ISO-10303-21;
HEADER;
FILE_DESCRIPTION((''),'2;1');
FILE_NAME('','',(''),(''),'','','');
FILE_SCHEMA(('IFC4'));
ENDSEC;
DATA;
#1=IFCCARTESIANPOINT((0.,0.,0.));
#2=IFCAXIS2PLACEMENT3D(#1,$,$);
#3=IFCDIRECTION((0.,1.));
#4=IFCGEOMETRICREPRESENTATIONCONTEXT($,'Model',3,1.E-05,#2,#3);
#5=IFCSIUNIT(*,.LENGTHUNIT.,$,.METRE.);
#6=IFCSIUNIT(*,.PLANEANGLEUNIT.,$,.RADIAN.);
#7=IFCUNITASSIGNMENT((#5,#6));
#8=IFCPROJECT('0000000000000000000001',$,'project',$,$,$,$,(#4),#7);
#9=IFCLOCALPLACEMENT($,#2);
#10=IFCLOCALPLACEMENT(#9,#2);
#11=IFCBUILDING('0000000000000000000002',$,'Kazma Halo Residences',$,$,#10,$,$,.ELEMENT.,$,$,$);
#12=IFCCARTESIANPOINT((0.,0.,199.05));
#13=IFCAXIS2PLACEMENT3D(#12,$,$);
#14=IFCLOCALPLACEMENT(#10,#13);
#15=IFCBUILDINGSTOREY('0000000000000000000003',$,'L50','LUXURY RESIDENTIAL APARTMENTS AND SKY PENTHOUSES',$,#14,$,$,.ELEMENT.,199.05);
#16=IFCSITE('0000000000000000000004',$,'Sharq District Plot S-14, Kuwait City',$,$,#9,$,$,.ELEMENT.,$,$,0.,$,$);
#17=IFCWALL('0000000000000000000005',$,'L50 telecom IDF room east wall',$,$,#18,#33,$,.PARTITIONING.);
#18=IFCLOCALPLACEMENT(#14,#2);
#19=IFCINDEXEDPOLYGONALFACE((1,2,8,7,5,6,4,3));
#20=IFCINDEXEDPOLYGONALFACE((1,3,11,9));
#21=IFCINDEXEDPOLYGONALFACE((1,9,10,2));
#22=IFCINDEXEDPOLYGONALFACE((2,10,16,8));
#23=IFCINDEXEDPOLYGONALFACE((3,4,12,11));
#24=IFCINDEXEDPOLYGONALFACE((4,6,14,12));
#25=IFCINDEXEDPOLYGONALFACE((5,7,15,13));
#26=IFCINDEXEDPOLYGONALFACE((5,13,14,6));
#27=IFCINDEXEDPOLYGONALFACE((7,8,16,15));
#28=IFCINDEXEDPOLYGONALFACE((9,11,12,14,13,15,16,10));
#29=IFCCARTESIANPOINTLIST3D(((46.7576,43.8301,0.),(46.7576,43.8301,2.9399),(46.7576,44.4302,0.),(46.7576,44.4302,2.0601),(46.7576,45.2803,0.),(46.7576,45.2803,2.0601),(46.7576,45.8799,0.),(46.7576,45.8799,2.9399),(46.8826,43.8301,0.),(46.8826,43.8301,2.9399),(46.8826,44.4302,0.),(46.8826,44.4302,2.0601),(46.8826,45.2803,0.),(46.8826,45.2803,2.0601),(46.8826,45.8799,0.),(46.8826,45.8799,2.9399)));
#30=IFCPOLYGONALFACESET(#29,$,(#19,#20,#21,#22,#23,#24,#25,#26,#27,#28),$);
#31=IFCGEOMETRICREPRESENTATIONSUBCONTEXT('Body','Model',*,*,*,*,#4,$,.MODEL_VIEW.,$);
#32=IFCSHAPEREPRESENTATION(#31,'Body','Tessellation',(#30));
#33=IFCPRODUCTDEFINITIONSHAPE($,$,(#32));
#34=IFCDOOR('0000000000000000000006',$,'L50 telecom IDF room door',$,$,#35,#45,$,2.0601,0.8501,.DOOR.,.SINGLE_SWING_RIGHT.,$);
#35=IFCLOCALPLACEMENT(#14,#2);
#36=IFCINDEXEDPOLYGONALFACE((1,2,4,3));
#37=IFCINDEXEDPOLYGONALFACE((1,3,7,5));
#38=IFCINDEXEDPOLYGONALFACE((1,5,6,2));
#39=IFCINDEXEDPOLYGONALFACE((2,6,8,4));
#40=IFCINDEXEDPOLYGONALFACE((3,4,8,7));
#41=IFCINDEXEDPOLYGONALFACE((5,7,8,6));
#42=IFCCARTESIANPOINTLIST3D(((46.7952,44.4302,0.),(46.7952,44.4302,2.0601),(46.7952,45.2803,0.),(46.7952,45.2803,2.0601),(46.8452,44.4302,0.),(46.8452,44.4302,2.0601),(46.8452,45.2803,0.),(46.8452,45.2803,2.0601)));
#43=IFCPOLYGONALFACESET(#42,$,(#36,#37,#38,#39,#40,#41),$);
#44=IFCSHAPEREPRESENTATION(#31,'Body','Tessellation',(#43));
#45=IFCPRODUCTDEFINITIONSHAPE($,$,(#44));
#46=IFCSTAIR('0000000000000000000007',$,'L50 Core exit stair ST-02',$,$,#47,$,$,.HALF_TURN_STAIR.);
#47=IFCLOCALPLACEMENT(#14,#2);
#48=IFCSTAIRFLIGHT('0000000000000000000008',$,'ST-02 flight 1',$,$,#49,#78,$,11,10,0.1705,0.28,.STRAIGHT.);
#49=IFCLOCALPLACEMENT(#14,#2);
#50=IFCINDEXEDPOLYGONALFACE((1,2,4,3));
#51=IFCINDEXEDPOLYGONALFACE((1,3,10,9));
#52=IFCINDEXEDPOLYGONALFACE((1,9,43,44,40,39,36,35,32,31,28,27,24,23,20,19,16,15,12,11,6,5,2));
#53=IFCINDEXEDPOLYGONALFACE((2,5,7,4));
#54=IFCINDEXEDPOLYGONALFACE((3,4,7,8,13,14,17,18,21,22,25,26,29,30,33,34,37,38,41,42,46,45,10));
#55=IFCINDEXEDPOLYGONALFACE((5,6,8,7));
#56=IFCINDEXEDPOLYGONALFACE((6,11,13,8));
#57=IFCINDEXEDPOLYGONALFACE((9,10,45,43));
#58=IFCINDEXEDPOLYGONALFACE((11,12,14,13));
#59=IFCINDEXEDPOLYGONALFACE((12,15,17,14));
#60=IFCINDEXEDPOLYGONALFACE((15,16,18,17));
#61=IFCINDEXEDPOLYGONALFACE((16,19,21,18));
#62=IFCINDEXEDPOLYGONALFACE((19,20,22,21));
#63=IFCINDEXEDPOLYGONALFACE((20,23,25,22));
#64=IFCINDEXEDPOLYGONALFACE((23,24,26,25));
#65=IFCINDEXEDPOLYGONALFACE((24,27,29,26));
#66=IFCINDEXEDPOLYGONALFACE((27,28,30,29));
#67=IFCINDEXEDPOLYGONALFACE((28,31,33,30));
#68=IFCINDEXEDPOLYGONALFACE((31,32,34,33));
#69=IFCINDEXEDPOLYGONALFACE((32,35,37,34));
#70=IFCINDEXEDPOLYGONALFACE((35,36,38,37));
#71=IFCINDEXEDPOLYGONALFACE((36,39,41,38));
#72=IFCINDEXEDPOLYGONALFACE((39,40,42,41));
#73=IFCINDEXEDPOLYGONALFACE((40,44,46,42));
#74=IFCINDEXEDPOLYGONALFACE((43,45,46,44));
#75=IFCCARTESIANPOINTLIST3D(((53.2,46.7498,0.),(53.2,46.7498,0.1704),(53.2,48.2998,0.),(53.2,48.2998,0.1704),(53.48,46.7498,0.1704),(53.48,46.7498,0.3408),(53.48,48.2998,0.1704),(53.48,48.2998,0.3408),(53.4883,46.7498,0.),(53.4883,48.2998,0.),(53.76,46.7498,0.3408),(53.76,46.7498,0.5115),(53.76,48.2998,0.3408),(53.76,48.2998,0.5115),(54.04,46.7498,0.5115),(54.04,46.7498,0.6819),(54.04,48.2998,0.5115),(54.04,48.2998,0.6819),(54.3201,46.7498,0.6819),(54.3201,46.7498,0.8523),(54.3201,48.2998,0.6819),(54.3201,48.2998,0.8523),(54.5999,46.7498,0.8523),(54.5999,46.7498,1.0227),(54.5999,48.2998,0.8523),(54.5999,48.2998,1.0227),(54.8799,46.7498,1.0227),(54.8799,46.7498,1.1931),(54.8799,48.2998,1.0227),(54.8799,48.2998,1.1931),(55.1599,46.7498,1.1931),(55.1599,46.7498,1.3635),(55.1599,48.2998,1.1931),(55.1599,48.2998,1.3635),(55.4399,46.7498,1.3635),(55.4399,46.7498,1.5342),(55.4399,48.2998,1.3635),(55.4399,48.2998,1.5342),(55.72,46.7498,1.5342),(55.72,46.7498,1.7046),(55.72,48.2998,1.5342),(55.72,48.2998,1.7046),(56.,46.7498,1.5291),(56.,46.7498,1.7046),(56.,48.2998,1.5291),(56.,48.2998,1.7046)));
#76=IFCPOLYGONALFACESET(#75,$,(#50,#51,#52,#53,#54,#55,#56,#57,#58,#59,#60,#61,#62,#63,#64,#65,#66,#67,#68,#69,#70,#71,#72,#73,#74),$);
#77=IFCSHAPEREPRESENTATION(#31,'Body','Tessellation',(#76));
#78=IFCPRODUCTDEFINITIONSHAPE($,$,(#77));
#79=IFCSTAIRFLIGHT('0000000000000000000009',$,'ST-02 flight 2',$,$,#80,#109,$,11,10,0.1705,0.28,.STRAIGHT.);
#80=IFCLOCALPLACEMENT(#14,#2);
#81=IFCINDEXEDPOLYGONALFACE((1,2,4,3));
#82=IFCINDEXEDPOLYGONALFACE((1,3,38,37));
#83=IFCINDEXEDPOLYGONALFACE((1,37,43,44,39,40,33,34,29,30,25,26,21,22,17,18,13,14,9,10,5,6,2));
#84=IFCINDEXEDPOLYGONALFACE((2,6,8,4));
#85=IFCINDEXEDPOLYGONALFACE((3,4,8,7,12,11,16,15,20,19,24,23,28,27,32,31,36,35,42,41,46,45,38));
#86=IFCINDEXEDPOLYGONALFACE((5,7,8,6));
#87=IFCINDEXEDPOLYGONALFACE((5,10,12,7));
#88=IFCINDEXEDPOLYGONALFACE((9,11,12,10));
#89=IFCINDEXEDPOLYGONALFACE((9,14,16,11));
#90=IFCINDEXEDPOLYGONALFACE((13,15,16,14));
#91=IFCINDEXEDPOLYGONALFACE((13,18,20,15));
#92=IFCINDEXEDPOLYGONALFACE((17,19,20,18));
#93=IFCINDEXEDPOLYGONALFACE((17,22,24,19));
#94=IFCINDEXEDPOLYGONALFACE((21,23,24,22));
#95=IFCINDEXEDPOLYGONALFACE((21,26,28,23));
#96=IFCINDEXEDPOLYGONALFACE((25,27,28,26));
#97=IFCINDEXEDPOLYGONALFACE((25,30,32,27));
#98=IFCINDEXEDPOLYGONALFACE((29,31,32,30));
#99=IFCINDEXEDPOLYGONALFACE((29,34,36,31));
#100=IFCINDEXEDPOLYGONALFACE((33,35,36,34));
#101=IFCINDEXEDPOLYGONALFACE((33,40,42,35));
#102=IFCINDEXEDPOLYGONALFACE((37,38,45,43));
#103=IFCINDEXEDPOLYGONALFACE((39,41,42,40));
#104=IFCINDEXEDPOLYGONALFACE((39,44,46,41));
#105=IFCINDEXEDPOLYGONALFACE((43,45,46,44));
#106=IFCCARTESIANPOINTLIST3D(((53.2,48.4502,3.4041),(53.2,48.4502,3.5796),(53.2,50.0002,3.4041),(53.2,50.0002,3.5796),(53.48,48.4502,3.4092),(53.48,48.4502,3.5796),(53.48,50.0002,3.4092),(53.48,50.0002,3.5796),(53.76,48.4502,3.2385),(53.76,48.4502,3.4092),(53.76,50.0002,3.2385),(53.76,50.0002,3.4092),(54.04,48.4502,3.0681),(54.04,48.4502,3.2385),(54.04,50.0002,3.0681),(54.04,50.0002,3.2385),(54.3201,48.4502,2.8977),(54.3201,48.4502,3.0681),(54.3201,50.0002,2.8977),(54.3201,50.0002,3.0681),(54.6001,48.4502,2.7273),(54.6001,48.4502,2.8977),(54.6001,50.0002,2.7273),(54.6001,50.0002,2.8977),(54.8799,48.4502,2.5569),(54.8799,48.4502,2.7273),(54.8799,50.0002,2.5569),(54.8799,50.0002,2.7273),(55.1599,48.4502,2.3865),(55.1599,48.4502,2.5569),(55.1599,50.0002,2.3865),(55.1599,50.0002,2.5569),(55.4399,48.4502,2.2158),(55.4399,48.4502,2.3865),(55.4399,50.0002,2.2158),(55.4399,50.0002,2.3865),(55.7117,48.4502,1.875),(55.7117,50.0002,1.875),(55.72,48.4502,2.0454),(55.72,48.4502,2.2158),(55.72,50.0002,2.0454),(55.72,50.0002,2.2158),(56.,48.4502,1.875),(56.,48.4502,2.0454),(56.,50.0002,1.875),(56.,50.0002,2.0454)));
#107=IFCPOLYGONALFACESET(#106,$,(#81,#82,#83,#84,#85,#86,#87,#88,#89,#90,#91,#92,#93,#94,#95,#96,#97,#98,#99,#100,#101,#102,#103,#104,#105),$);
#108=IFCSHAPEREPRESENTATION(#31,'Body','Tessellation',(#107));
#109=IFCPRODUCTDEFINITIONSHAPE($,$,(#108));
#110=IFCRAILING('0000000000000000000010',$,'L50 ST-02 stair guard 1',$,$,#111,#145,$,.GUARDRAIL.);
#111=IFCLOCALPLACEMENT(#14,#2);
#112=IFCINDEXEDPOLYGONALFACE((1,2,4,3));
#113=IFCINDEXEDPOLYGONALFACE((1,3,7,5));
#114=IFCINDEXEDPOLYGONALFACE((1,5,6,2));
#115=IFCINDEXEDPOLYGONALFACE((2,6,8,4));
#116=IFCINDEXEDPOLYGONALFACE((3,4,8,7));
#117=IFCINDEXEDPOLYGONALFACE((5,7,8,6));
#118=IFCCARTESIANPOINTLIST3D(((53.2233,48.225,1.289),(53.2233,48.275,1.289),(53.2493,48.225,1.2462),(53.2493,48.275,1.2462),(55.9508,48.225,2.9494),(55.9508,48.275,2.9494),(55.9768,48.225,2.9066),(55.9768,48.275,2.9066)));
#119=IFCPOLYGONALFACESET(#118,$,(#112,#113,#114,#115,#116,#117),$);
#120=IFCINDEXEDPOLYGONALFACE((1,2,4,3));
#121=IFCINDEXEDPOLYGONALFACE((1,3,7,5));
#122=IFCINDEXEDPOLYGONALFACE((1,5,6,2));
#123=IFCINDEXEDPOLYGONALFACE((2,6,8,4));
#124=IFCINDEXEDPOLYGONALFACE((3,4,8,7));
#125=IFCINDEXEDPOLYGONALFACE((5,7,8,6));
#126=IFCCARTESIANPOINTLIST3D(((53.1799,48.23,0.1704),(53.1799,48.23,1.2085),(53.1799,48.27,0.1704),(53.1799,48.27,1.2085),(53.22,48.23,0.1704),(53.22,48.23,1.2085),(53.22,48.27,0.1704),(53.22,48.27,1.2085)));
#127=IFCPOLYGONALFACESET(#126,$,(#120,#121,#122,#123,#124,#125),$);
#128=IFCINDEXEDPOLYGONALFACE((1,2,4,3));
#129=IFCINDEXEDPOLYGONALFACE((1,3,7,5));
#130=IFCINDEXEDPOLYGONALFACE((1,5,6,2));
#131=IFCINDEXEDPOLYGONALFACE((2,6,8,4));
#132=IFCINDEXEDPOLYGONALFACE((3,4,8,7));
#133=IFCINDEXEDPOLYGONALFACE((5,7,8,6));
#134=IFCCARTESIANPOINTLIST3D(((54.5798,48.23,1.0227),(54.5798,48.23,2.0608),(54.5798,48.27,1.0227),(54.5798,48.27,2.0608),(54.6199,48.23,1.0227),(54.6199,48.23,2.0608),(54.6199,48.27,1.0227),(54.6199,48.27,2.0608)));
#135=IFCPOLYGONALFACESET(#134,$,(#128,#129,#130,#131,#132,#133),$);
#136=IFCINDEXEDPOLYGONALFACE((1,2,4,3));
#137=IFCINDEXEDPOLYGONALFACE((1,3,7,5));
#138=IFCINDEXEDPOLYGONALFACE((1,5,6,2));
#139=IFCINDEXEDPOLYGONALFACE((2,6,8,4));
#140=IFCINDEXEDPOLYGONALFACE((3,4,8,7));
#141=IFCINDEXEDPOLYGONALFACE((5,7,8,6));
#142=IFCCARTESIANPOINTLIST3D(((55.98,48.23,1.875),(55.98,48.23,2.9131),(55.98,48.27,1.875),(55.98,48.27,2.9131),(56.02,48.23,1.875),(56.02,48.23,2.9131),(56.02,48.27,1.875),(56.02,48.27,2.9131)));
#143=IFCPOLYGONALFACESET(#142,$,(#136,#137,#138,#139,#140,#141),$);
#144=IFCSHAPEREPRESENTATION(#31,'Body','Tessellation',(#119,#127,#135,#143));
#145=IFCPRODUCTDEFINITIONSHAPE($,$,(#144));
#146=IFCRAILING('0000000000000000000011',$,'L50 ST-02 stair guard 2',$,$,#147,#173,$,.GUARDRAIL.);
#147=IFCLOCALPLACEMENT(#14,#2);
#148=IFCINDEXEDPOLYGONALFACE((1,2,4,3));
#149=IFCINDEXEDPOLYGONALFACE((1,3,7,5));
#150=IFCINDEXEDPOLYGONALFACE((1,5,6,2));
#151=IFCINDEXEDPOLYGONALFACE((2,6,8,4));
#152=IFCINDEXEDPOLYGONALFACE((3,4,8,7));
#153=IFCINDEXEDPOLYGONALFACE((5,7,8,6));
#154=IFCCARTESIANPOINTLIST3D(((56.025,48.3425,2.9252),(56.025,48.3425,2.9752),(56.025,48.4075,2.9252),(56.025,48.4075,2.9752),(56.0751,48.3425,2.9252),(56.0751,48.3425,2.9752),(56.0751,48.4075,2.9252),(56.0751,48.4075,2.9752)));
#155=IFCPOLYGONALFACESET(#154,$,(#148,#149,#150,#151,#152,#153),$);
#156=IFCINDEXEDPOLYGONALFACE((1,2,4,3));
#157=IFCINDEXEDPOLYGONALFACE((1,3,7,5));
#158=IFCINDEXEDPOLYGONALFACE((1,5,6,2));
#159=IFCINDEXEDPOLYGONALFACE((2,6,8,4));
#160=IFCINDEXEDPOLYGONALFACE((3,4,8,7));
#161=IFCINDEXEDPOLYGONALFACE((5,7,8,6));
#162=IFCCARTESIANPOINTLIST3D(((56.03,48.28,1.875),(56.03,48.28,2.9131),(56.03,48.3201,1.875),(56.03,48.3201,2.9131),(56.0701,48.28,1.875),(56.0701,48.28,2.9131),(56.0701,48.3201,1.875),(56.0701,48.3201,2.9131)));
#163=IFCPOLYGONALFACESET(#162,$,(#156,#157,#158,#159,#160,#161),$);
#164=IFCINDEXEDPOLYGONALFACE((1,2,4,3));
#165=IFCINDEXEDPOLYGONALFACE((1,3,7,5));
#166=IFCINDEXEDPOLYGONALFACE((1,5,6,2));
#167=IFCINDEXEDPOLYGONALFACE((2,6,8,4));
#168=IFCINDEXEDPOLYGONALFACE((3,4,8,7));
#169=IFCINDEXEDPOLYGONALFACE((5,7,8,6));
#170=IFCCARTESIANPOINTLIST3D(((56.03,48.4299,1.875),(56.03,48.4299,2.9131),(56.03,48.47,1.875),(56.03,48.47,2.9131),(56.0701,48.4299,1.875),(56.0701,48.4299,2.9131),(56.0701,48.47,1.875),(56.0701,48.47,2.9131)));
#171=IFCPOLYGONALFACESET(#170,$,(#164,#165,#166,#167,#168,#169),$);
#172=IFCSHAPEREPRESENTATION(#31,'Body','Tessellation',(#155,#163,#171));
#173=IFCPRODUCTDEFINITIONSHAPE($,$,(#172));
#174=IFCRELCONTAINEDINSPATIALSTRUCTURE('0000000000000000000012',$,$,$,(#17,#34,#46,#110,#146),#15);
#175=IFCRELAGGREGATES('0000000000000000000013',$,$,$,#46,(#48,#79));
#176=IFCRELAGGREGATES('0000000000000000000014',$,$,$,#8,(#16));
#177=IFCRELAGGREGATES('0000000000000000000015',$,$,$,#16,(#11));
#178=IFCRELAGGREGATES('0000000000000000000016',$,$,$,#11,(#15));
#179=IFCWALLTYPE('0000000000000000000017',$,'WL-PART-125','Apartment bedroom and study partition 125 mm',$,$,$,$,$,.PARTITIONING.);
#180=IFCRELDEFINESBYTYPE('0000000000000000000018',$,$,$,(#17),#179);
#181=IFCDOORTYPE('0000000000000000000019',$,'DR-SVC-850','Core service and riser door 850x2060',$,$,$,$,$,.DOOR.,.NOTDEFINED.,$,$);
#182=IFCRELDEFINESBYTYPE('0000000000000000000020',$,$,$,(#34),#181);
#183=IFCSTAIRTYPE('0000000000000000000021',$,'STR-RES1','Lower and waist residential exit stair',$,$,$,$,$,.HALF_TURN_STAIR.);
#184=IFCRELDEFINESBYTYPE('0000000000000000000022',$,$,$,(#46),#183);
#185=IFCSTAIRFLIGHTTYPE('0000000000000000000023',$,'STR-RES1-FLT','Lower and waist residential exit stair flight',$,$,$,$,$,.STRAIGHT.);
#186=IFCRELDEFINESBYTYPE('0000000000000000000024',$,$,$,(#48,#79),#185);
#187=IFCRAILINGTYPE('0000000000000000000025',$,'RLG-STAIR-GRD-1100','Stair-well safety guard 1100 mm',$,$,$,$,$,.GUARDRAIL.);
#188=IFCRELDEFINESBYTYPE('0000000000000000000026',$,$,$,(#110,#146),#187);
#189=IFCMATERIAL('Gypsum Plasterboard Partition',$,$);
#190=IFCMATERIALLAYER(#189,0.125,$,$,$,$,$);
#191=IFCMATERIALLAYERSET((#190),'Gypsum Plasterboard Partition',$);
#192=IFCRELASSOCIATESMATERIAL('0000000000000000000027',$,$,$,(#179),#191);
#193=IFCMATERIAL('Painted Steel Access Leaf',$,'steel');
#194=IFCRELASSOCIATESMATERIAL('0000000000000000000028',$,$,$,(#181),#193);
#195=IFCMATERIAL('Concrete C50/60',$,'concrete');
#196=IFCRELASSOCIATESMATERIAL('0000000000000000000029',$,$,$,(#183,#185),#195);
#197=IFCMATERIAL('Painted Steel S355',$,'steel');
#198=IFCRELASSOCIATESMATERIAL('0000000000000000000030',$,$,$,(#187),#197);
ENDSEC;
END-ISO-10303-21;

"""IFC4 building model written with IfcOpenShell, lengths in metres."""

from ifc_helpers import new_model, si_unit, direction, frame, frame_2d, origin, origin_2d, place, context, subcontext, project, spatial, polyline, rectangle, outline, extrude, material, layer, layer_set, type_object, element, fill, aggregate, save


model = new_model("IFC4")

# Units and contexts
model_context = context("Model", 3, precision=1e-05, world=origin(), true_north=direction((0.0, 1.0)))
body_context = subcontext(model_context, "Body", "Model", "MODEL_VIEW")
ifc_project = project(units=[si_unit("LENGTHUNIT", "METRE"), si_unit("PLANEANGLEUNIT", "RADIAN")], contexts=[model_context])

# Site, building, storey
site_placement = place(None, origin())
site = spatial("IfcSite", under=ifc_project, at=site_placement, Name="Sharq District Plot S-14, Kuwait City", CompositionType="ELEMENT", RefElevation=0.0)
building_placement = place(site_placement, origin())
building = spatial("IfcBuilding", under=site, at=building_placement, Name="Kazma Halo Residences", CompositionType="ELEMENT")
storey_placement = place(building_placement, frame((0.0, 0.0, 199.05)))
storey = spatial("IfcBuildingStorey", under=building, at=storey_placement, Name="L50", Description="LUXURY RESIDENTIAL APARTMENTS AND SKY PENTHOUSES", CompositionType="ELEMENT", Elevation=199.05)

# Wall, opening, door
ifc_material_1 = material(Name="Gypsum Plasterboard Partition")
ifc_layer_1 = layer(ifc_material_1, 0.125)
ifc_layer_set_1 = layer_set([ifc_layer_1], Name="Gypsum Plasterboard Partition")
wall_type_1 = type_object("IfcWallType", Name="WL-PART-125", Description="Apartment bedroom and study partition 125 mm", PredefinedType="PARTITIONING", material=ifc_layer_set_1)
wall_1_placement = place(storey_placement, frame((46.8201, 43.8301, 0.0), z_axis=(0.0, 0.0, 1.0), x_axis=(0.0, 1.0, 0.0)))
wall_1 = element("IfcWall", 1, at=wall_1_placement, inside=storey, type_object=wall_type_1, Name="L50 telecom IDF room east wall", PredefinedType="PARTITIONING", context=body_context, shape_type="SweptSolid", body=[
    extrude(rectangle(XDim=2.0498, YDim=0.125, at=frame_2d((1.0249, 0.0))), origin(), (0.0, 0.0, 1.0), 2.9399),
])
opening_1_placement = place(wall_1_placement, frame((0.6001, 0.0, 0.0)))
opening_1 = element("IfcOpeningElement", 2, at=opening_1_placement, cuts=wall_1, PredefinedType="OPENING", context=body_context, shape_type="SweptSolid", body=[
    extrude(rectangle(XDim=0.8501, YDim=2.0601, at=frame_2d((0.425, 1.03))), frame((0.0, 0.0725, 0.0), z_axis=(0.0, -1.0, 0.0), x_axis=(1.0, 0.0, 0.0)), (0.0, 0.0, 1.0), 0.145),
])
ifc_material_2 = material(Name="Painted Steel Access Leaf", Category="steel")
door_type_1 = type_object("IfcDoorType", Name="DR-SVC-850", Description="Core service and riser door 850x2060", OperationType="NOTDEFINED", PredefinedType="DOOR", material=ifc_material_2)
door_1_placement = place(opening_1_placement, origin())
door_1 = element("IfcDoor", 3, at=door_1_placement, inside=storey, type_object=door_type_1, Name="L50 telecom IDF room door", OperationType="SINGLE_SWING_RIGHT", OverallHeight=2.0601, OverallWidth=0.8501, PredefinedType="DOOR", context=body_context, shape_type="SweptSolid", body=[
    extrude(rectangle(XDim=0.8501, YDim=2.0601, at=frame_2d((0.425, 1.03))), frame((0.0, 0.0249, 0.0), z_axis=(0.0, -1.0, 0.0), x_axis=(1.0, 0.0, 0.0)), (0.0, 0.0, 1.0), 0.05),
])
fill(opening_1, door_1)
ifc_material_3 = material(Name="Concrete C50/60", Category="concrete")

# Stair, stair flights
stair_type = type_object("IfcStairType", Name="STR-RES1", Description="Lower and waist residential exit stair", PredefinedType="HALF_TURN_STAIR", material=ifc_material_3)
stair_placement = place(storey_placement, origin())
stair = element("IfcStair", 4, at=stair_placement, inside=storey, type_object=stair_type, Name="L50 Core exit stair ST-02", PredefinedType="HALF_TURN_STAIR")
stair_flight_type = type_object("IfcStairFlightType", Name="STR-RES1-FLT", Description="Lower and waist residential exit stair flight", PredefinedType="STRAIGHT", material=ifc_material_3)
stair_flight_1_placement = place(storey_placement, frame((53.2, 47.5249, 0.0), z_axis=(0.0, 0.0, 1.0), x_axis=(1.0, 0.0, 0.0)))
stair_flight_1 = element("IfcStairFlight", 5, at=stair_flight_1_placement, type_object=stair_flight_type, Name="ST-02 flight 1", NumberOfRisers=11, NumberOfTreads=10, PredefinedType="STRAIGHT", RiserHeight=0.1705, TreadLength=0.28, context=body_context, shape_type="SweptSolid", body=[
    extrude(outline(polyline([(0.0, 0.0), (0.0, 0.1704), (0.28, 0.1704), (0.28, 0.3408), (0.5601, 0.3408), (0.5601, 0.5115), (0.8401, 0.5115), (0.8401, 0.6819), (1.1201, 0.6819), (1.1201, 0.8523), (1.3999, 0.8523), (1.3999, 1.0227), (1.6799, 1.0227), (1.6799, 1.1931), (1.96, 1.1931), (1.96, 1.3635), (2.24, 1.3635), (2.24, 1.5342), (2.52, 1.5342), (2.52, 1.7046), (2.8, 1.7046), (2.8, 1.875), (2.8, 1.5291), (0.2883, 0.0), (0.0, 0.0)])), frame((0.0, 0.7749, 0.0), z_axis=(0.0, -1.0, 0.0), x_axis=(1.0, 0.0, 0.0)), (0.0, 0.0, 1.0), 1.55),
])
stair_flight_2_placement = place(storey_placement, frame((56.0, 49.2251, 1.875), z_axis=(0.0, 0.0, 1.0), x_axis=(-1.0, 0.0, 0.0)))
stair_flight_2 = element("IfcStairFlight", 6, at=stair_flight_2_placement, type_object=stair_flight_type, Name="ST-02 flight 2", NumberOfRisers=11, NumberOfTreads=10, PredefinedType="STRAIGHT", RiserHeight=0.1705, TreadLength=0.28, context=body_context, shape_type="SweptSolid", body=[
    extrude(outline(polyline([(0.0, 0.0), (0.0, 0.1704), (0.28, 0.1704), (0.28, 0.3408), (0.5601, 0.3408), (0.5601, 0.5115), (0.8401, 0.5115), (0.8401, 0.6819), (1.1201, 0.6819), (1.1201, 0.8523), (1.3999, 0.8523), (1.3999, 1.0227), (1.6799, 1.0227), (1.6799, 1.1931), (1.96, 1.1931), (1.96, 1.3635), (2.24, 1.3635), (2.24, 1.5342), (2.52, 1.5342), (2.52, 1.7046), (2.8, 1.7046), (2.8, 1.875), (2.8, 1.5291), (0.2883, 0.0), (0.0, 0.0)])), frame((0.0, 0.7749, 0.0), z_axis=(0.0, -1.0, 0.0), x_axis=(1.0, 0.0, 0.0)), (0.0, 0.0, 1.0), 1.55),
])
aggregate(stair, [stair_flight_1, stair_flight_2])

# Railings
ifc_material_4 = material(Name="Painted Steel S355", Category="steel")
railing_type_1 = type_object("IfcRailingType", Name="RLG-STAIR-GRD-1100", Description="Stair-well safety guard 1100 mm", PredefinedType="GUARDRAIL", material=ifc_material_4)
railing_1_placement = place(storey_placement, frame((53.2, 48.25, 0.1704)))
element("IfcRailing", 7, at=railing_1_placement, inside=storey, type_object=railing_type_1, Name="L50 ST-02 stair guard 1", PredefinedType="GUARDRAIL", context=body_context, shape_type="SweptSolid", body=[
    extrude(rectangle(XDim=0.05, YDim=0.05, at=origin_2d()), frame((0.0364, 0.0, 1.0972), z_axis=(0.85417, 0.0, 0.519994), x_axis=(0.0, 1.0, 0.0)), (0.0, 0.0, 1.0), 3.1931),
    extrude(rectangle(XDim=0.04, YDim=0.04, at=origin_2d()), origin(), (0.0, 0.0, 1.0), 1.0381),
    extrude(rectangle(XDim=0.04, YDim=0.04, at=origin_2d()), frame((1.3999, 0.0, 0.8523)), (0.0, 0.0, 1.0), 1.0381),
    extrude(rectangle(XDim=0.04, YDim=0.04, at=origin_2d()), frame((2.8, 0.0, 1.7046)), (0.0, 0.0, 1.0), 1.0381),
])
railing_2_placement = place(storey_placement, frame((56.05, 48.3, 1.875)))
element("IfcRailing", 8, at=railing_2_placement, inside=storey, type_object=railing_type_1, Name="L50 ST-02 stair guard 2", PredefinedType="GUARDRAIL", context=body_context, shape_type="SweptSolid", body=[
    extrude(rectangle(XDim=0.05, YDim=0.05, at=origin_2d()), frame((0.0, 0.0425, 1.0752), z_axis=(0.0, 1.0, 0.0), x_axis=(-1.0, 0.0, 0.0)), (0.0, 0.0, 1.0), 0.0649),
    extrude(rectangle(XDim=0.04, YDim=0.04, at=origin_2d()), origin(), (0.0, 0.0, 1.0), 1.0381),
    extrude(rectangle(XDim=0.04, YDim=0.04, at=origin_2d()), frame((0.0, 0.1499, 0.0)), (0.0, 0.0, 1.0), 1.0381),
])

save(model, "model.ifc")
